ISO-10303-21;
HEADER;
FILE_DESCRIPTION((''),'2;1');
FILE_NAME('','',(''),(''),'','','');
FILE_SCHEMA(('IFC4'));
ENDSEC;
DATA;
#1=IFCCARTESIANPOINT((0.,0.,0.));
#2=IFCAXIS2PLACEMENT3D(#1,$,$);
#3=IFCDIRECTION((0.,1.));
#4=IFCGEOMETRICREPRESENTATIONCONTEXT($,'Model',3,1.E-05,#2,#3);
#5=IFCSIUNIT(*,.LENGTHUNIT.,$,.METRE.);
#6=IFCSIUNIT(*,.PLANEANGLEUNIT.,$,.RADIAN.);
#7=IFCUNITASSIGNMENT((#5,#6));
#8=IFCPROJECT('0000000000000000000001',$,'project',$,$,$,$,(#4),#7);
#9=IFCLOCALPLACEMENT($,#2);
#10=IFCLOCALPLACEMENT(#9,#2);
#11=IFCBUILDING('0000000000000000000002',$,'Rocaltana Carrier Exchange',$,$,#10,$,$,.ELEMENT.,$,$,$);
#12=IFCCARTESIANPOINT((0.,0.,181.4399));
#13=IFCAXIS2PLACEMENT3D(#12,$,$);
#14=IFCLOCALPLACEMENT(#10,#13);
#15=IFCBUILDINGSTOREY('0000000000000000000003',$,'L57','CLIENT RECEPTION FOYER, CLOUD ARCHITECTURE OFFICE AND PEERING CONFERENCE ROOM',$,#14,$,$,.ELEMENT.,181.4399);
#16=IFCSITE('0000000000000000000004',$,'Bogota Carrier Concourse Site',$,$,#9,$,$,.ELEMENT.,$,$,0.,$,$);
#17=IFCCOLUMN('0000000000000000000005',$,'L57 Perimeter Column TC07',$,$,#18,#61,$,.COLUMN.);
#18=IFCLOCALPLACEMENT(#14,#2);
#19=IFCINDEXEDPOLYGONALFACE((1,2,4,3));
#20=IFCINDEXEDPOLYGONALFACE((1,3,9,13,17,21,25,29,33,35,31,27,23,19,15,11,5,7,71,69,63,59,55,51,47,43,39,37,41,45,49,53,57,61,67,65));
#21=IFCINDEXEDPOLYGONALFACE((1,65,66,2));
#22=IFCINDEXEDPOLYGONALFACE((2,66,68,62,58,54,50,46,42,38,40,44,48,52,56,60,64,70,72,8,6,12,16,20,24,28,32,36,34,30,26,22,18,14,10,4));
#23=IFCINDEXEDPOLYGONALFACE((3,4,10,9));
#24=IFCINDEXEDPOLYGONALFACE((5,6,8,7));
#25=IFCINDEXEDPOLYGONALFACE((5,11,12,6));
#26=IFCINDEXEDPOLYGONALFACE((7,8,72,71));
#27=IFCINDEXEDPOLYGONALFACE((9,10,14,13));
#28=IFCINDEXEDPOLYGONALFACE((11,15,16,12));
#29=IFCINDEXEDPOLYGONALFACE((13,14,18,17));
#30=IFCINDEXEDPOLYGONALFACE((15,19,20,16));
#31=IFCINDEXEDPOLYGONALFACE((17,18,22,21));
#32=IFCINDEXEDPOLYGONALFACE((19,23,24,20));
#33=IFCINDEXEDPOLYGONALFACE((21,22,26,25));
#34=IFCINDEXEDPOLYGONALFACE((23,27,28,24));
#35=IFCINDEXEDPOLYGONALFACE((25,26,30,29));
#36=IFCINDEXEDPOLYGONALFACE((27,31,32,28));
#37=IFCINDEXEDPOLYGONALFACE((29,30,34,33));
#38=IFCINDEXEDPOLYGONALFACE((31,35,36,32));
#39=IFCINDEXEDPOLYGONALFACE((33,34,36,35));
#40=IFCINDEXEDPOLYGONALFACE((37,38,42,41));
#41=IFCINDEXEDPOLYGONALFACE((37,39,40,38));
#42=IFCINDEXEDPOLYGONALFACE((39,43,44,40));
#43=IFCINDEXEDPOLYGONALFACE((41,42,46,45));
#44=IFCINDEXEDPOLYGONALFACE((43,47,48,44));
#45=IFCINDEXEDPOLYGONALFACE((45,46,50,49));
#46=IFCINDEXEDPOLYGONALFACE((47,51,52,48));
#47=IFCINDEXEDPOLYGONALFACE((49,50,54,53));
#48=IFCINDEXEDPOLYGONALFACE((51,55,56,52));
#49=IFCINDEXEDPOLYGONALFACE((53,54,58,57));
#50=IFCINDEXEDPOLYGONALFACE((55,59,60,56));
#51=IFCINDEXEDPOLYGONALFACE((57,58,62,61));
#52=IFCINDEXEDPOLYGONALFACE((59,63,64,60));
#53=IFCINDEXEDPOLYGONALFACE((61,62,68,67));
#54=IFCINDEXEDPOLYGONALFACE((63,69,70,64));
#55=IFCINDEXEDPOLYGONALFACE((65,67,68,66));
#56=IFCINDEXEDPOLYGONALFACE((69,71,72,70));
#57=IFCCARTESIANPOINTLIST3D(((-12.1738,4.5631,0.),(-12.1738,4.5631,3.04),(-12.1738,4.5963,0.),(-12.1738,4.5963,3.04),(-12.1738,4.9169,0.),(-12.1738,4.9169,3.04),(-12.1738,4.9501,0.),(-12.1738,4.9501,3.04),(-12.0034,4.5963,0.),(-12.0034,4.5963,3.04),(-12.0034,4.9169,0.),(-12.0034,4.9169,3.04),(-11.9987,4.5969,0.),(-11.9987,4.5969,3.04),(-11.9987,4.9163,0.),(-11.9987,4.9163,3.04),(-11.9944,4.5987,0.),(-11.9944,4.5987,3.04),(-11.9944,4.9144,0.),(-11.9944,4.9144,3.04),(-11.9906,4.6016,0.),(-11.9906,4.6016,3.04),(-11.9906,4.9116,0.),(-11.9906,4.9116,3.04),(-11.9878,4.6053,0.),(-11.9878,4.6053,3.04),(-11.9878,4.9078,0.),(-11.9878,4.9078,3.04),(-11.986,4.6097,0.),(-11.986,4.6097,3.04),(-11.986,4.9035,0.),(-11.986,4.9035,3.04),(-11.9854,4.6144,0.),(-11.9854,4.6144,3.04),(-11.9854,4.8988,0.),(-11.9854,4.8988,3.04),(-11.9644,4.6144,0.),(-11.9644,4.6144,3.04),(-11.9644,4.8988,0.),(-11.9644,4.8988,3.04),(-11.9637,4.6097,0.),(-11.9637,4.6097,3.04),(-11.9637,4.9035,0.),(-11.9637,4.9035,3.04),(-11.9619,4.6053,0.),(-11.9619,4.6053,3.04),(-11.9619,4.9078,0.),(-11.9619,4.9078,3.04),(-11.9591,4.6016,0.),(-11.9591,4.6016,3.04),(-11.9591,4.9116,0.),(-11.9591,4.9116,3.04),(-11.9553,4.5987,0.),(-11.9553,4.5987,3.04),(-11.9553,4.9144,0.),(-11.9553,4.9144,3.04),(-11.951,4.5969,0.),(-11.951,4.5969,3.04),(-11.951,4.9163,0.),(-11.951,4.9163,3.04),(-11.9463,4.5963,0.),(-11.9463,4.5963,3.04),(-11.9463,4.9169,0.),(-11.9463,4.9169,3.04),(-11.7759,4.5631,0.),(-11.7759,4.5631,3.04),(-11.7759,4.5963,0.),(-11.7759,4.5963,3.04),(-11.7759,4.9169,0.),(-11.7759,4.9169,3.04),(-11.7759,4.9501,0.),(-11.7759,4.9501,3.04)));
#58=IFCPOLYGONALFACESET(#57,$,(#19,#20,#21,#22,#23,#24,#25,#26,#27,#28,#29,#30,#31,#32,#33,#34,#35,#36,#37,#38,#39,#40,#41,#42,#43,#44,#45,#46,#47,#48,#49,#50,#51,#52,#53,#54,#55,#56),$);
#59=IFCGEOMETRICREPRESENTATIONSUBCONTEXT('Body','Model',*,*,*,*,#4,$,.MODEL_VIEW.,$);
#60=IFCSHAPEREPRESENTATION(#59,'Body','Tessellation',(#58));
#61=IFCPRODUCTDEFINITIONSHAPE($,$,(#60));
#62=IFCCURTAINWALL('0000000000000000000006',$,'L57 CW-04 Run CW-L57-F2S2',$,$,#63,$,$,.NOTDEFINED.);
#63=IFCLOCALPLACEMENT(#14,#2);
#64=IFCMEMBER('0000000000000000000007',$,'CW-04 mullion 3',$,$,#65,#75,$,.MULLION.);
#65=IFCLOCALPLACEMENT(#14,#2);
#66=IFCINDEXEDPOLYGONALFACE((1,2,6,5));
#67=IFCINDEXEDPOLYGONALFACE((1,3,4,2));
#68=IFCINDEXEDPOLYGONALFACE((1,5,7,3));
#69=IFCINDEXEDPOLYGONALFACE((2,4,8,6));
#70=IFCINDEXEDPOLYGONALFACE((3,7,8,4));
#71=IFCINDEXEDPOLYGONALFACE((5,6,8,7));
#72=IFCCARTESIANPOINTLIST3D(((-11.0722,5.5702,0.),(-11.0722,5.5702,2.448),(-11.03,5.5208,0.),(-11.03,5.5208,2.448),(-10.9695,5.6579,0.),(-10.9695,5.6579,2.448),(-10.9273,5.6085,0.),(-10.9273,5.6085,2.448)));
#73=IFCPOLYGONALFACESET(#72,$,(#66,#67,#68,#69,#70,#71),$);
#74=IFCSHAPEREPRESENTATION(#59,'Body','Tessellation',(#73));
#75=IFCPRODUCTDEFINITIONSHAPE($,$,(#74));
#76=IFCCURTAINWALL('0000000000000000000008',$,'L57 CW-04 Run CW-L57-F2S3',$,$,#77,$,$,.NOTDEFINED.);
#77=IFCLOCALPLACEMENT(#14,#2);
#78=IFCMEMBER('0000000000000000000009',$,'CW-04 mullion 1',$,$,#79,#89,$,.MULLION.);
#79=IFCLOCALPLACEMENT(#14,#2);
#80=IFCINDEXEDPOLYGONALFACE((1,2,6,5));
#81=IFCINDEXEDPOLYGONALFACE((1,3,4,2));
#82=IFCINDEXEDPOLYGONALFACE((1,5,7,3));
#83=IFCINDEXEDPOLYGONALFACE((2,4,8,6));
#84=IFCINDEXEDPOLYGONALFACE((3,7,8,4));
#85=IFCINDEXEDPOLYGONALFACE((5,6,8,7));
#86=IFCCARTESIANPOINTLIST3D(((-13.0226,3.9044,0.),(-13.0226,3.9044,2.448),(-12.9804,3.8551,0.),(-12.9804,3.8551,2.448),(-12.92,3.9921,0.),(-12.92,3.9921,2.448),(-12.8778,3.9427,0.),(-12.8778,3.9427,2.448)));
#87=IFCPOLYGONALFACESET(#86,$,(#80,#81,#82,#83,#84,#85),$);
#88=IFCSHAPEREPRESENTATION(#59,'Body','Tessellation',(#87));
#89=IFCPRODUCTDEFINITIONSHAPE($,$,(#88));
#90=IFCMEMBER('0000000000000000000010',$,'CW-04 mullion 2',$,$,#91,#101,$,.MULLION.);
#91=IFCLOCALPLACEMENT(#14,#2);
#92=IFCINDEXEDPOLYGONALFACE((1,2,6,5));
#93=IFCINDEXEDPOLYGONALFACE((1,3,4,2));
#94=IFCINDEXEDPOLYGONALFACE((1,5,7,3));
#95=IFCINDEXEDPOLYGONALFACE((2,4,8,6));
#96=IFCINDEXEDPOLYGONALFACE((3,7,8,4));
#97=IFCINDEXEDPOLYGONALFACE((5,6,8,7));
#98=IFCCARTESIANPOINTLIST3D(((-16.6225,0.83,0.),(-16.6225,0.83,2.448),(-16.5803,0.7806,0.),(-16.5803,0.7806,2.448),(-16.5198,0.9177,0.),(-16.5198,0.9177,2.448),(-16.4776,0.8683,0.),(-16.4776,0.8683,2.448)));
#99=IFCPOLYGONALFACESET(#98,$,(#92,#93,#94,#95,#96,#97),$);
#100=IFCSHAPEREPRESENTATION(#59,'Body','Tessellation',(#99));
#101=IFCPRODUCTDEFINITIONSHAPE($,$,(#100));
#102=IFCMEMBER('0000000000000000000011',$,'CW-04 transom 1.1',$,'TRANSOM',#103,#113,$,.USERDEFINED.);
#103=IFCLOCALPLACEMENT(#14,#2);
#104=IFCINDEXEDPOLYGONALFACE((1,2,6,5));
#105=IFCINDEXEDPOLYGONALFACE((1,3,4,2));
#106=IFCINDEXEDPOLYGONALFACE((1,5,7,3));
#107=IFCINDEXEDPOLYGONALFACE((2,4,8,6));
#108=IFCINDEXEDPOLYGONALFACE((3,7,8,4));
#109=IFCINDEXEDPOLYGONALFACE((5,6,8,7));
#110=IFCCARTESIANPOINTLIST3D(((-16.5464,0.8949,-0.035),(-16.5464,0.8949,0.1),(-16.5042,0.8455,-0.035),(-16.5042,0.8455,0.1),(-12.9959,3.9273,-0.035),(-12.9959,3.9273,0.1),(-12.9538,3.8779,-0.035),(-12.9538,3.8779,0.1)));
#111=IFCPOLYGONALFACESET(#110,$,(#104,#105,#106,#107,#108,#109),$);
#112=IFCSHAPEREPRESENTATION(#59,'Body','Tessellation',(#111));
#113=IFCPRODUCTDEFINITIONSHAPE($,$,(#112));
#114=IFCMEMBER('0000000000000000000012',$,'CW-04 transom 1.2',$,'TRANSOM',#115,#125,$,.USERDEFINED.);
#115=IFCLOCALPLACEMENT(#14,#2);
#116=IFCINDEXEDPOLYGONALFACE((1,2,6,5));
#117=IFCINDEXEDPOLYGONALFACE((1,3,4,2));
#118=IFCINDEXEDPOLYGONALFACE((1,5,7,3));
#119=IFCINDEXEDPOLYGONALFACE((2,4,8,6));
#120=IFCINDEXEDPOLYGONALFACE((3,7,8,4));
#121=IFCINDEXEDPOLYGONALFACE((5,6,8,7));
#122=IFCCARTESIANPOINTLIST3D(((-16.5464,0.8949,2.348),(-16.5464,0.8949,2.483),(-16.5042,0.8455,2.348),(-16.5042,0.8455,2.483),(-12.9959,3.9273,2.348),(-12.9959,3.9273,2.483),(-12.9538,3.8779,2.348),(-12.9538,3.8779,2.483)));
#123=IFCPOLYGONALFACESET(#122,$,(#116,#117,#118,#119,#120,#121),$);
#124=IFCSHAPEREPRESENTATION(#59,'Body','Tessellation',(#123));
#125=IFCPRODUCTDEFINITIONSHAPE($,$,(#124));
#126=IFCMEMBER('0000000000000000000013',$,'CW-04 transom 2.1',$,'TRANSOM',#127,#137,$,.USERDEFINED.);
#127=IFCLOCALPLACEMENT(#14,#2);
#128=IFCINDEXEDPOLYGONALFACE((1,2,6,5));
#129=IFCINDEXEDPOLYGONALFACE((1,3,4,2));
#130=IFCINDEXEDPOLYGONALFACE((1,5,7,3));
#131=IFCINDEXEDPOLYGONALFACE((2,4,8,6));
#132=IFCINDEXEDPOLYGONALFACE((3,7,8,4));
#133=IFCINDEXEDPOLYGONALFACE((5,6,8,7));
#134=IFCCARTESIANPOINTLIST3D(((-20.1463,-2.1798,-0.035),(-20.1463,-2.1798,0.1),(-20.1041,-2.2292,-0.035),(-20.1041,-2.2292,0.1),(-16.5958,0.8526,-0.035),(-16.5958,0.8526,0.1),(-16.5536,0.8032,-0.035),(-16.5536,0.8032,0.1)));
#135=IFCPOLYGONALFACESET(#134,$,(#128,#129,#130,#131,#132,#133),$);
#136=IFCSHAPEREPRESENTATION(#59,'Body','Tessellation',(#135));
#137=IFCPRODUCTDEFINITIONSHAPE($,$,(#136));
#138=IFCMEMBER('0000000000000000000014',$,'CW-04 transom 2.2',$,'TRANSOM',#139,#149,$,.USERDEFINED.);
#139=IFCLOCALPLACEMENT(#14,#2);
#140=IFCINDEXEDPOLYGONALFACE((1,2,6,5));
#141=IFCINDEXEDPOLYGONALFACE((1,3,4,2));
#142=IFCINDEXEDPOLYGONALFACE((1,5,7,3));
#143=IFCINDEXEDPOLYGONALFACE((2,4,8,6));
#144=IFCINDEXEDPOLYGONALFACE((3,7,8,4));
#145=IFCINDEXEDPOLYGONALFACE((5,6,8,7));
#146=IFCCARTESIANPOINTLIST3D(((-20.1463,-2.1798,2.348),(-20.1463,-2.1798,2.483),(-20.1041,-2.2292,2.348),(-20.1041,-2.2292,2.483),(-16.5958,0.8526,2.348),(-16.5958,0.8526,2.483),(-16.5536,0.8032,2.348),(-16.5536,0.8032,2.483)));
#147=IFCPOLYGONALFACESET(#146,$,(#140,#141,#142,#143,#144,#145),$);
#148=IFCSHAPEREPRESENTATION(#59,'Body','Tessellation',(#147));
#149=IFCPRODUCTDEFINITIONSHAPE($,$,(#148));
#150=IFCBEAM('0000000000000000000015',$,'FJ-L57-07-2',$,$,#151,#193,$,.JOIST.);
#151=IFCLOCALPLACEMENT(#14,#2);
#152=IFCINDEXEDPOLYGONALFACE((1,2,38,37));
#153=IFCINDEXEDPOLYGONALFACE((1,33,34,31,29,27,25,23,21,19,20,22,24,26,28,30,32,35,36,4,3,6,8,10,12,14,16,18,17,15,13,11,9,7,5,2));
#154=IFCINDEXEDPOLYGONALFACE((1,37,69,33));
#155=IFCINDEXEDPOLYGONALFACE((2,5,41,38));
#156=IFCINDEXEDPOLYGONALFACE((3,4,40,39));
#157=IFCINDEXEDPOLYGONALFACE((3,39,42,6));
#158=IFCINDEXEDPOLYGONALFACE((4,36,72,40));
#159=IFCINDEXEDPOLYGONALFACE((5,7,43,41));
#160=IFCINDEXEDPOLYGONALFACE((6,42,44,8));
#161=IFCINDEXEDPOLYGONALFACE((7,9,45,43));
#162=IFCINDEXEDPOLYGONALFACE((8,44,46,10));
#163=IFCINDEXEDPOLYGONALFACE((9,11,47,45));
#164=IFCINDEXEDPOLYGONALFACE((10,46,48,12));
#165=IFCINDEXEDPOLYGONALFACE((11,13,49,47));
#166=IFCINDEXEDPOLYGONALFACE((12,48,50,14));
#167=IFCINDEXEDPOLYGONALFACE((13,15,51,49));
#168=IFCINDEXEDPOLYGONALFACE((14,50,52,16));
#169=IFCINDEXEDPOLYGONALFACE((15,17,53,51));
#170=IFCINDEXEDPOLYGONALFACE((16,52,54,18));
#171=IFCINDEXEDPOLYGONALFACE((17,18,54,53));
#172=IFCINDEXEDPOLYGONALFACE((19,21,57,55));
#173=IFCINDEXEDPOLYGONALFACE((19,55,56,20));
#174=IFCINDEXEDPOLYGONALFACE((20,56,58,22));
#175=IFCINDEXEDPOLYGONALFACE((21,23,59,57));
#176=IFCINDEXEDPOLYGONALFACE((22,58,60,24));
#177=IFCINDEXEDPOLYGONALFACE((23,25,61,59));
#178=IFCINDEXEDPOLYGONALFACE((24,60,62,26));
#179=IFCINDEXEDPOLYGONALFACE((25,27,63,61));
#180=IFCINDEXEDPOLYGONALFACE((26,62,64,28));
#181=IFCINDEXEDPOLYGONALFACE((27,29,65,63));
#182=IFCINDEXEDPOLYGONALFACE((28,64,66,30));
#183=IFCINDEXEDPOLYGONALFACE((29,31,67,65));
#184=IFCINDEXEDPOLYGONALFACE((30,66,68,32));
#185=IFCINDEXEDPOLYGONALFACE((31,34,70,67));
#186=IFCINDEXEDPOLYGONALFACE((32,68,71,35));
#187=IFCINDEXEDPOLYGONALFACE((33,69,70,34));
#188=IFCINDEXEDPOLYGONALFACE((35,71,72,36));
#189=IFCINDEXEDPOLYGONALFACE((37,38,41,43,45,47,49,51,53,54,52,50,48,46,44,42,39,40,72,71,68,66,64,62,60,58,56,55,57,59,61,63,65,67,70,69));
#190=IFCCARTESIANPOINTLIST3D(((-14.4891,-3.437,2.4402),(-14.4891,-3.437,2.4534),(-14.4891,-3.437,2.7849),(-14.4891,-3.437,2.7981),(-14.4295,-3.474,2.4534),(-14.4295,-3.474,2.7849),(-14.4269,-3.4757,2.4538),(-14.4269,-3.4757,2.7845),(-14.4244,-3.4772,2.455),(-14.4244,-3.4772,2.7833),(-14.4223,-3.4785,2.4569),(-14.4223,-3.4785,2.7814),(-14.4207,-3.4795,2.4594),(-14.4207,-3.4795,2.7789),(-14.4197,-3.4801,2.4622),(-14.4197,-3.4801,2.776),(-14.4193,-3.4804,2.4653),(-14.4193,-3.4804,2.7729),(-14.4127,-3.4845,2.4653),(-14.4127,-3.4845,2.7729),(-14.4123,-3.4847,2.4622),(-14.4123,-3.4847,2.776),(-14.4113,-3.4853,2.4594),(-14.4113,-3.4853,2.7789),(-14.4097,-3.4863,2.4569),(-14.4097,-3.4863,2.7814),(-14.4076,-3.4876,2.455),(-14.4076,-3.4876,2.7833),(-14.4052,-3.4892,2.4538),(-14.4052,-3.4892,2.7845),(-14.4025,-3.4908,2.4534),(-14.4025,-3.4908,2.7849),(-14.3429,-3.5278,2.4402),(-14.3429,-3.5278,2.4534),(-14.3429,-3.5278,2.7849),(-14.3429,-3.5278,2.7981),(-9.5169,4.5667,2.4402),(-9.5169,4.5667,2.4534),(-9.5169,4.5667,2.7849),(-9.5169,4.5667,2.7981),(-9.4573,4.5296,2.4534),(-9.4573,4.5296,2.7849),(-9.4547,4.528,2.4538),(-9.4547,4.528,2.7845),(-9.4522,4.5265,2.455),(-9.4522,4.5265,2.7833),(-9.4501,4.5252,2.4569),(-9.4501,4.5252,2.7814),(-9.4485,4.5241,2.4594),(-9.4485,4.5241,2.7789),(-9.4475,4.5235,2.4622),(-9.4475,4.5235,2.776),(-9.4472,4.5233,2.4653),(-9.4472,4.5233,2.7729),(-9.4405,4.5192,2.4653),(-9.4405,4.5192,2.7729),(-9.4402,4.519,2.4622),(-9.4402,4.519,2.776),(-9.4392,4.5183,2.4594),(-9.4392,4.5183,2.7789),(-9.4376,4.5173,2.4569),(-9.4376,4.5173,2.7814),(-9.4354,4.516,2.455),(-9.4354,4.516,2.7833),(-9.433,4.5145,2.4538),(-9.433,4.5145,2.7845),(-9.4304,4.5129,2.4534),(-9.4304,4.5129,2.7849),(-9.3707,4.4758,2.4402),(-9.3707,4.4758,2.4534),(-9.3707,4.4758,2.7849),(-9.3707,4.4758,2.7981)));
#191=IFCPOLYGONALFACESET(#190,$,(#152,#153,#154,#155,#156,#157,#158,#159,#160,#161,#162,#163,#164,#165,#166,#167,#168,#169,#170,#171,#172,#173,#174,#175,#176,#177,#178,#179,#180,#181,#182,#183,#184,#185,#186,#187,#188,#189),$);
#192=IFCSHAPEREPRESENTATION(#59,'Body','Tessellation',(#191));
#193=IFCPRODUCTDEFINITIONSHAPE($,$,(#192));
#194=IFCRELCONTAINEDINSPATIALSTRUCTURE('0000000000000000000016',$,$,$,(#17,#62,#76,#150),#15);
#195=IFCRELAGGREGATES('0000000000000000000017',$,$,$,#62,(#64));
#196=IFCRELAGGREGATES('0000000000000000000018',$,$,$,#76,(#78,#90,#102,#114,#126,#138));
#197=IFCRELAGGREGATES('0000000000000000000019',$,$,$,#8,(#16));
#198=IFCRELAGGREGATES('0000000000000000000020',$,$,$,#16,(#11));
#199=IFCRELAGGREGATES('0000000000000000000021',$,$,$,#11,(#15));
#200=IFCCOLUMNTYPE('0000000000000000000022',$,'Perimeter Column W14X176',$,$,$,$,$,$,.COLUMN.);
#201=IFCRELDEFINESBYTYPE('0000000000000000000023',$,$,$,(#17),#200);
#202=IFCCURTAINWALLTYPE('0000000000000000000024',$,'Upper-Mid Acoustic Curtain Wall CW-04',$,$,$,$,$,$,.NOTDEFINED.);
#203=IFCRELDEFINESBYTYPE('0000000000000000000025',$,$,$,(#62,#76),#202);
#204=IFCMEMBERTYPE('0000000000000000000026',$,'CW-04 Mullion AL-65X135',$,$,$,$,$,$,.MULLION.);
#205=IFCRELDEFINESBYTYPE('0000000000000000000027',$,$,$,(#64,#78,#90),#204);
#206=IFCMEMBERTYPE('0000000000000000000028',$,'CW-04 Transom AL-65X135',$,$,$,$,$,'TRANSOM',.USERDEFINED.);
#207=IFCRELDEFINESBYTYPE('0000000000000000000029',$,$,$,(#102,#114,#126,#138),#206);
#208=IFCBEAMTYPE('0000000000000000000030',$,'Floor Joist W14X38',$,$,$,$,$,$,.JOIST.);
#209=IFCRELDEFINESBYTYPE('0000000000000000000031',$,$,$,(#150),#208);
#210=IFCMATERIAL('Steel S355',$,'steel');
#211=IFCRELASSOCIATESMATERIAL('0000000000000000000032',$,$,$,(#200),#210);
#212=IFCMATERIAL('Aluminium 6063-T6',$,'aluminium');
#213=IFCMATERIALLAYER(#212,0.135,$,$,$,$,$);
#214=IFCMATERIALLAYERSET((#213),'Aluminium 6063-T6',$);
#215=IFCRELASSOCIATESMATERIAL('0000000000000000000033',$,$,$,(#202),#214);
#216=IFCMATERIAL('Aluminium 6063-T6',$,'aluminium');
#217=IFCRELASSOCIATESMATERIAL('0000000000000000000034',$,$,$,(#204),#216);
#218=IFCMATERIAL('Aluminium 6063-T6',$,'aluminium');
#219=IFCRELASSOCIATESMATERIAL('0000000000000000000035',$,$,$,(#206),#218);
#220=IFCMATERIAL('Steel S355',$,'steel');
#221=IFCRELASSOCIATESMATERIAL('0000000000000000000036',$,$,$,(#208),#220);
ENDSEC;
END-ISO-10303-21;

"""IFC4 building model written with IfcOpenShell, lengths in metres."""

from ifc_helpers import new_model, si_unit, direction, frame, origin, origin_2d, place, context, subcontext, project, spatial, rectangle, i_section, extrude, material, layer, layer_set, material_profile, profile_set, type_object, element, aggregate, save


model = new_model("IFC4")

# Units and contexts
model_context = context("Model", 3, precision=1e-05, world=origin(), true_north=direction((0.0, 1.0)))
body_context = subcontext(model_context, "Body", "Model", "MODEL_VIEW")
ifc_project = project(units=[si_unit("LENGTHUNIT", "METRE"), si_unit("PLANEANGLEUNIT", "RADIAN")], contexts=[model_context])

# Site, building, storey
site_placement = place(None, origin())
site = spatial("IfcSite", under=ifc_project, at=site_placement, Name="Bogota Carrier Concourse Site", CompositionType="ELEMENT", RefElevation=0.0)
building_placement = place(site_placement, origin())
building = spatial("IfcBuilding", under=site, at=building_placement, Name="Rocaltana Carrier Exchange", CompositionType="ELEMENT")
storey_placement = place(building_placement, frame((0.0, 0.0, 181.4399)))
storey = spatial("IfcBuildingStorey", under=building, at=storey_placement, Name="L57", Description="CLIENT RECEPTION FOYER, CLOUD ARCHITECTURE OFFICE AND PEERING CONFERENCE ROOM", CompositionType="ELEMENT", Elevation=181.4399)

# Column
ifc_material_1 = material(Name="Steel S355", Category="steel")
ifc_material_profile_1 = material_profile(ifc_material_1, i_section(OverallWidth=0.3979, OverallDepth=0.387, WebThickness=0.021, FlangeThickness=0.0332, FilletRadius=0.0181, at=origin_2d()), Name="W14X176")
ifc_profile_set_1 = profile_set([ifc_material_profile_1], Name="Steel S355")
column_type = type_object("IfcColumnType", Name="Perimeter Column W14X176", PredefinedType="COLUMN", material=ifc_profile_set_1)
column_placement = place(storey_placement, frame((-11.9749, 4.7566, 0.0), z_axis=(0.0, 0.0, 1.0), x_axis=(1.0, 0.0, 0.0)))
element("IfcColumn", 1, at=column_placement, inside=storey, type_object=column_type, Name="L57 Perimeter Column TC07", PredefinedType="COLUMN", context=body_context, shape_type="SweptSolid", body=[
    extrude(i_section(OverallWidth=0.3979, OverallDepth=0.387, WebThickness=0.021, FlangeThickness=0.0332, FilletRadius=0.0181, at=origin_2d()), origin(), (0.0, 0.0, 1.0), 3.04),
])

# Curtain wall, member
ifc_material_2 = material(Name="Aluminium 6063-T6", Category="aluminium")
ifc_layer_1 = layer(ifc_material_2, 0.135)
ifc_layer_set_1 = layer_set([ifc_layer_1], Name="Aluminium 6063-T6")
curtain_wall_type = type_object("IfcCurtainWallType", Name="Upper-Mid Acoustic Curtain Wall CW-04", PredefinedType="NOTDEFINED", material=ifc_layer_set_1)
curtain_wall_1_placement = place(storey_placement, origin())
curtain_wall_1 = element("IfcCurtainWall", 2, at=curtain_wall_1_placement, inside=storey, type_object=curtain_wall_type, Name="L57 CW-04 Run CW-L57-F2S2", PredefinedType="NOTDEFINED")
ifc_material_3 = material(Name="Aluminium 6063-T6", Category="aluminium")
ifc_material_profile_2 = material_profile(ifc_material_3, rectangle(XDim=0.0649, YDim=0.135, at=origin_2d()), Name="AL-65X135")
ifc_profile_set_2 = profile_set([ifc_material_profile_2], Name="Aluminium 6063-T6")
member_type_1 = type_object("IfcMemberType", Name="CW-04 Mullion AL-65X135", PredefinedType="MULLION", material=ifc_profile_set_2)
member_1_placement = place(storey_placement, frame((-10.9998, 5.5894, 0.0), z_axis=(0.0, 0.0, 1.0), x_axis=(0.649454, -0.760401, 0.0)))
member_1 = element("IfcMember", 3, at=member_1_placement, type_object=member_type_1, Name="CW-04 mullion 3", PredefinedType="MULLION", context=body_context, shape_type="SweptSolid", body=[
    extrude(rectangle(XDim=0.0649, YDim=0.135, at=origin_2d()), origin(), (0.0, 0.0, 1.0), 2.448),
])

# Curtain wall, members
curtain_wall_2_placement = place(storey_placement, origin())
curtain_wall_2 = element("IfcCurtainWall", 4, at=curtain_wall_2_placement, inside=storey, type_object=curtain_wall_type, Name="L57 CW-04 Run CW-L57-F2S3", PredefinedType="NOTDEFINED")
member_2_placement = place(storey_placement, frame((-12.9502, 3.9236, 0.0), z_axis=(0.0, 0.0, 1.0), x_axis=(0.649448, -0.760406, 0.0)))
member_2 = element("IfcMember", 5, at=member_2_placement, type_object=member_type_1, Name="CW-04 mullion 1", PredefinedType="MULLION", context=body_context, shape_type="SweptSolid", body=[
    extrude(rectangle(XDim=0.0649, YDim=0.135, at=origin_2d()), origin(), (0.0, 0.0, 1.0), 2.448),
])
member_3_placement = place(storey_placement, frame((-16.55, 0.8491, 0.0), z_axis=(0.0, 0.0, 1.0), x_axis=(0.649448, -0.760406, 0.0)))
member_3 = element("IfcMember", 6, at=member_3_placement, type_object=member_type_1, Name="CW-04 mullion 2", PredefinedType="MULLION", context=body_context, shape_type="SweptSolid", body=[
    extrude(rectangle(XDim=0.0649, YDim=0.135, at=origin_2d()), origin(), (0.0, 0.0, 1.0), 2.448),
])
ifc_material_4 = material(Name="Aluminium 6063-T6", Category="aluminium")
ifc_material_profile_3 = material_profile(ifc_material_4, rectangle(XDim=0.0649, YDim=0.135, at=origin_2d()), Name="AL-65X135")
ifc_profile_set_3 = profile_set([ifc_material_profile_3], Name="Aluminium 6063-T6")
member_type_2 = type_object("IfcMemberType", Name="CW-04 Transom AL-65X135", ElementType="TRANSOM", PredefinedType="USERDEFINED", material=ifc_profile_set_3)
member_4_placement = place(storey_placement, frame((-12.9749, 3.9026, 0.0325), z_axis=(-0.760403, -0.649451, 0.0), x_axis=(0.649451, -0.760403, 0.0)))
member_4 = element("IfcMember", 7, at=member_4_placement, type_object=member_type_2, Name="CW-04 transom 1.1", ObjectType="TRANSOM", PredefinedType="USERDEFINED", context=body_context, shape_type="SweptSolid", body=[
    extrude(rectangle(XDim=0.0649, YDim=0.135, at=origin_2d()), origin(), (0.0, 0.0, 1.0), 4.6692),
])
member_5_placement = place(storey_placement, frame((-12.9749, 3.9026, 2.4155), z_axis=(-0.760403, -0.649451, 0.0), x_axis=(0.649451, -0.760403, 0.0)))
member_5 = element("IfcMember", 8, at=member_5_placement, type_object=member_type_2, Name="CW-04 transom 1.2", ObjectType="TRANSOM", PredefinedType="USERDEFINED", context=body_context, shape_type="SweptSolid", body=[
    extrude(rectangle(XDim=0.0649, YDim=0.135, at=origin_2d()), origin(), (0.0, 0.0, 1.0), 4.6692),
])
member_6_placement = place(storey_placement, frame((-16.5747, 0.8279, 0.0325), z_axis=(-0.760403, -0.649451, 0.0), x_axis=(0.649451, -0.760403, 0.0)))
member_6 = element("IfcMember", 9, at=member_6_placement, type_object=member_type_2, Name="CW-04 transom 2.1", ObjectType="TRANSOM", PredefinedType="USERDEFINED", context=body_context, shape_type="SweptSolid", body=[
    extrude(rectangle(XDim=0.0649, YDim=0.135, at=origin_2d()), origin(), (0.0, 0.0, 1.0), 4.6692),
])
member_7_placement = place(storey_placement, frame((-16.5747, 0.8279, 2.4155), z_axis=(-0.760403, -0.649451, 0.0), x_axis=(0.649451, -0.760403, 0.0)))
member_7 = element("IfcMember", 10, at=member_7_placement, type_object=member_type_2, Name="CW-04 transom 2.2", ObjectType="TRANSOM", PredefinedType="USERDEFINED", context=body_context, shape_type="SweptSolid", body=[
    extrude(rectangle(XDim=0.0649, YDim=0.135, at=origin_2d()), origin(), (0.0, 0.0, 1.0), 4.6692),
])

# Beam
ifc_material_5 = material(Name="Steel S355", Category="steel")
ifc_material_profile_4 = material_profile(ifc_material_5, i_section(OverallWidth=0.1721, OverallDepth=0.3579, WebThickness=0.0078, FlangeThickness=0.0132, FilletRadius=0.012, at=origin_2d()), Name="W14X38")
ifc_profile_set_4 = profile_set([ifc_material_profile_4], Name="Steel S355")
beam_type_1 = type_object("IfcBeamType", Name="Floor Joist W14X38", PredefinedType="JOIST", material=ifc_profile_set_4)
beam_1_placement = place(storey_placement, frame((-9.4438, 4.5212, 2.6191), z_axis=(-0.527698, -0.849432, 0.0), x_axis=(0.849432, -0.527698, 0.0)))
element("IfcBeam", 11, at=beam_1_placement, inside=storey, type_object=beam_type_1, Name="FJ-L57-07-2", PredefinedType="JOIST", context=body_context, shape_type="SweptSolid", body=[
    extrude(i_section(OverallWidth=0.1721, OverallDepth=0.3579, WebThickness=0.0078, FlangeThickness=0.0132, FilletRadius=0.012, at=origin_2d()), origin(), (0.0, 0.0, 1.0), 9.4224),
])

aggregate(curtain_wall_1, [member_1])
aggregate(curtain_wall_2, [member_2, member_3, member_4, member_5, member_6, member_7])

save(model, "model.ifc")
